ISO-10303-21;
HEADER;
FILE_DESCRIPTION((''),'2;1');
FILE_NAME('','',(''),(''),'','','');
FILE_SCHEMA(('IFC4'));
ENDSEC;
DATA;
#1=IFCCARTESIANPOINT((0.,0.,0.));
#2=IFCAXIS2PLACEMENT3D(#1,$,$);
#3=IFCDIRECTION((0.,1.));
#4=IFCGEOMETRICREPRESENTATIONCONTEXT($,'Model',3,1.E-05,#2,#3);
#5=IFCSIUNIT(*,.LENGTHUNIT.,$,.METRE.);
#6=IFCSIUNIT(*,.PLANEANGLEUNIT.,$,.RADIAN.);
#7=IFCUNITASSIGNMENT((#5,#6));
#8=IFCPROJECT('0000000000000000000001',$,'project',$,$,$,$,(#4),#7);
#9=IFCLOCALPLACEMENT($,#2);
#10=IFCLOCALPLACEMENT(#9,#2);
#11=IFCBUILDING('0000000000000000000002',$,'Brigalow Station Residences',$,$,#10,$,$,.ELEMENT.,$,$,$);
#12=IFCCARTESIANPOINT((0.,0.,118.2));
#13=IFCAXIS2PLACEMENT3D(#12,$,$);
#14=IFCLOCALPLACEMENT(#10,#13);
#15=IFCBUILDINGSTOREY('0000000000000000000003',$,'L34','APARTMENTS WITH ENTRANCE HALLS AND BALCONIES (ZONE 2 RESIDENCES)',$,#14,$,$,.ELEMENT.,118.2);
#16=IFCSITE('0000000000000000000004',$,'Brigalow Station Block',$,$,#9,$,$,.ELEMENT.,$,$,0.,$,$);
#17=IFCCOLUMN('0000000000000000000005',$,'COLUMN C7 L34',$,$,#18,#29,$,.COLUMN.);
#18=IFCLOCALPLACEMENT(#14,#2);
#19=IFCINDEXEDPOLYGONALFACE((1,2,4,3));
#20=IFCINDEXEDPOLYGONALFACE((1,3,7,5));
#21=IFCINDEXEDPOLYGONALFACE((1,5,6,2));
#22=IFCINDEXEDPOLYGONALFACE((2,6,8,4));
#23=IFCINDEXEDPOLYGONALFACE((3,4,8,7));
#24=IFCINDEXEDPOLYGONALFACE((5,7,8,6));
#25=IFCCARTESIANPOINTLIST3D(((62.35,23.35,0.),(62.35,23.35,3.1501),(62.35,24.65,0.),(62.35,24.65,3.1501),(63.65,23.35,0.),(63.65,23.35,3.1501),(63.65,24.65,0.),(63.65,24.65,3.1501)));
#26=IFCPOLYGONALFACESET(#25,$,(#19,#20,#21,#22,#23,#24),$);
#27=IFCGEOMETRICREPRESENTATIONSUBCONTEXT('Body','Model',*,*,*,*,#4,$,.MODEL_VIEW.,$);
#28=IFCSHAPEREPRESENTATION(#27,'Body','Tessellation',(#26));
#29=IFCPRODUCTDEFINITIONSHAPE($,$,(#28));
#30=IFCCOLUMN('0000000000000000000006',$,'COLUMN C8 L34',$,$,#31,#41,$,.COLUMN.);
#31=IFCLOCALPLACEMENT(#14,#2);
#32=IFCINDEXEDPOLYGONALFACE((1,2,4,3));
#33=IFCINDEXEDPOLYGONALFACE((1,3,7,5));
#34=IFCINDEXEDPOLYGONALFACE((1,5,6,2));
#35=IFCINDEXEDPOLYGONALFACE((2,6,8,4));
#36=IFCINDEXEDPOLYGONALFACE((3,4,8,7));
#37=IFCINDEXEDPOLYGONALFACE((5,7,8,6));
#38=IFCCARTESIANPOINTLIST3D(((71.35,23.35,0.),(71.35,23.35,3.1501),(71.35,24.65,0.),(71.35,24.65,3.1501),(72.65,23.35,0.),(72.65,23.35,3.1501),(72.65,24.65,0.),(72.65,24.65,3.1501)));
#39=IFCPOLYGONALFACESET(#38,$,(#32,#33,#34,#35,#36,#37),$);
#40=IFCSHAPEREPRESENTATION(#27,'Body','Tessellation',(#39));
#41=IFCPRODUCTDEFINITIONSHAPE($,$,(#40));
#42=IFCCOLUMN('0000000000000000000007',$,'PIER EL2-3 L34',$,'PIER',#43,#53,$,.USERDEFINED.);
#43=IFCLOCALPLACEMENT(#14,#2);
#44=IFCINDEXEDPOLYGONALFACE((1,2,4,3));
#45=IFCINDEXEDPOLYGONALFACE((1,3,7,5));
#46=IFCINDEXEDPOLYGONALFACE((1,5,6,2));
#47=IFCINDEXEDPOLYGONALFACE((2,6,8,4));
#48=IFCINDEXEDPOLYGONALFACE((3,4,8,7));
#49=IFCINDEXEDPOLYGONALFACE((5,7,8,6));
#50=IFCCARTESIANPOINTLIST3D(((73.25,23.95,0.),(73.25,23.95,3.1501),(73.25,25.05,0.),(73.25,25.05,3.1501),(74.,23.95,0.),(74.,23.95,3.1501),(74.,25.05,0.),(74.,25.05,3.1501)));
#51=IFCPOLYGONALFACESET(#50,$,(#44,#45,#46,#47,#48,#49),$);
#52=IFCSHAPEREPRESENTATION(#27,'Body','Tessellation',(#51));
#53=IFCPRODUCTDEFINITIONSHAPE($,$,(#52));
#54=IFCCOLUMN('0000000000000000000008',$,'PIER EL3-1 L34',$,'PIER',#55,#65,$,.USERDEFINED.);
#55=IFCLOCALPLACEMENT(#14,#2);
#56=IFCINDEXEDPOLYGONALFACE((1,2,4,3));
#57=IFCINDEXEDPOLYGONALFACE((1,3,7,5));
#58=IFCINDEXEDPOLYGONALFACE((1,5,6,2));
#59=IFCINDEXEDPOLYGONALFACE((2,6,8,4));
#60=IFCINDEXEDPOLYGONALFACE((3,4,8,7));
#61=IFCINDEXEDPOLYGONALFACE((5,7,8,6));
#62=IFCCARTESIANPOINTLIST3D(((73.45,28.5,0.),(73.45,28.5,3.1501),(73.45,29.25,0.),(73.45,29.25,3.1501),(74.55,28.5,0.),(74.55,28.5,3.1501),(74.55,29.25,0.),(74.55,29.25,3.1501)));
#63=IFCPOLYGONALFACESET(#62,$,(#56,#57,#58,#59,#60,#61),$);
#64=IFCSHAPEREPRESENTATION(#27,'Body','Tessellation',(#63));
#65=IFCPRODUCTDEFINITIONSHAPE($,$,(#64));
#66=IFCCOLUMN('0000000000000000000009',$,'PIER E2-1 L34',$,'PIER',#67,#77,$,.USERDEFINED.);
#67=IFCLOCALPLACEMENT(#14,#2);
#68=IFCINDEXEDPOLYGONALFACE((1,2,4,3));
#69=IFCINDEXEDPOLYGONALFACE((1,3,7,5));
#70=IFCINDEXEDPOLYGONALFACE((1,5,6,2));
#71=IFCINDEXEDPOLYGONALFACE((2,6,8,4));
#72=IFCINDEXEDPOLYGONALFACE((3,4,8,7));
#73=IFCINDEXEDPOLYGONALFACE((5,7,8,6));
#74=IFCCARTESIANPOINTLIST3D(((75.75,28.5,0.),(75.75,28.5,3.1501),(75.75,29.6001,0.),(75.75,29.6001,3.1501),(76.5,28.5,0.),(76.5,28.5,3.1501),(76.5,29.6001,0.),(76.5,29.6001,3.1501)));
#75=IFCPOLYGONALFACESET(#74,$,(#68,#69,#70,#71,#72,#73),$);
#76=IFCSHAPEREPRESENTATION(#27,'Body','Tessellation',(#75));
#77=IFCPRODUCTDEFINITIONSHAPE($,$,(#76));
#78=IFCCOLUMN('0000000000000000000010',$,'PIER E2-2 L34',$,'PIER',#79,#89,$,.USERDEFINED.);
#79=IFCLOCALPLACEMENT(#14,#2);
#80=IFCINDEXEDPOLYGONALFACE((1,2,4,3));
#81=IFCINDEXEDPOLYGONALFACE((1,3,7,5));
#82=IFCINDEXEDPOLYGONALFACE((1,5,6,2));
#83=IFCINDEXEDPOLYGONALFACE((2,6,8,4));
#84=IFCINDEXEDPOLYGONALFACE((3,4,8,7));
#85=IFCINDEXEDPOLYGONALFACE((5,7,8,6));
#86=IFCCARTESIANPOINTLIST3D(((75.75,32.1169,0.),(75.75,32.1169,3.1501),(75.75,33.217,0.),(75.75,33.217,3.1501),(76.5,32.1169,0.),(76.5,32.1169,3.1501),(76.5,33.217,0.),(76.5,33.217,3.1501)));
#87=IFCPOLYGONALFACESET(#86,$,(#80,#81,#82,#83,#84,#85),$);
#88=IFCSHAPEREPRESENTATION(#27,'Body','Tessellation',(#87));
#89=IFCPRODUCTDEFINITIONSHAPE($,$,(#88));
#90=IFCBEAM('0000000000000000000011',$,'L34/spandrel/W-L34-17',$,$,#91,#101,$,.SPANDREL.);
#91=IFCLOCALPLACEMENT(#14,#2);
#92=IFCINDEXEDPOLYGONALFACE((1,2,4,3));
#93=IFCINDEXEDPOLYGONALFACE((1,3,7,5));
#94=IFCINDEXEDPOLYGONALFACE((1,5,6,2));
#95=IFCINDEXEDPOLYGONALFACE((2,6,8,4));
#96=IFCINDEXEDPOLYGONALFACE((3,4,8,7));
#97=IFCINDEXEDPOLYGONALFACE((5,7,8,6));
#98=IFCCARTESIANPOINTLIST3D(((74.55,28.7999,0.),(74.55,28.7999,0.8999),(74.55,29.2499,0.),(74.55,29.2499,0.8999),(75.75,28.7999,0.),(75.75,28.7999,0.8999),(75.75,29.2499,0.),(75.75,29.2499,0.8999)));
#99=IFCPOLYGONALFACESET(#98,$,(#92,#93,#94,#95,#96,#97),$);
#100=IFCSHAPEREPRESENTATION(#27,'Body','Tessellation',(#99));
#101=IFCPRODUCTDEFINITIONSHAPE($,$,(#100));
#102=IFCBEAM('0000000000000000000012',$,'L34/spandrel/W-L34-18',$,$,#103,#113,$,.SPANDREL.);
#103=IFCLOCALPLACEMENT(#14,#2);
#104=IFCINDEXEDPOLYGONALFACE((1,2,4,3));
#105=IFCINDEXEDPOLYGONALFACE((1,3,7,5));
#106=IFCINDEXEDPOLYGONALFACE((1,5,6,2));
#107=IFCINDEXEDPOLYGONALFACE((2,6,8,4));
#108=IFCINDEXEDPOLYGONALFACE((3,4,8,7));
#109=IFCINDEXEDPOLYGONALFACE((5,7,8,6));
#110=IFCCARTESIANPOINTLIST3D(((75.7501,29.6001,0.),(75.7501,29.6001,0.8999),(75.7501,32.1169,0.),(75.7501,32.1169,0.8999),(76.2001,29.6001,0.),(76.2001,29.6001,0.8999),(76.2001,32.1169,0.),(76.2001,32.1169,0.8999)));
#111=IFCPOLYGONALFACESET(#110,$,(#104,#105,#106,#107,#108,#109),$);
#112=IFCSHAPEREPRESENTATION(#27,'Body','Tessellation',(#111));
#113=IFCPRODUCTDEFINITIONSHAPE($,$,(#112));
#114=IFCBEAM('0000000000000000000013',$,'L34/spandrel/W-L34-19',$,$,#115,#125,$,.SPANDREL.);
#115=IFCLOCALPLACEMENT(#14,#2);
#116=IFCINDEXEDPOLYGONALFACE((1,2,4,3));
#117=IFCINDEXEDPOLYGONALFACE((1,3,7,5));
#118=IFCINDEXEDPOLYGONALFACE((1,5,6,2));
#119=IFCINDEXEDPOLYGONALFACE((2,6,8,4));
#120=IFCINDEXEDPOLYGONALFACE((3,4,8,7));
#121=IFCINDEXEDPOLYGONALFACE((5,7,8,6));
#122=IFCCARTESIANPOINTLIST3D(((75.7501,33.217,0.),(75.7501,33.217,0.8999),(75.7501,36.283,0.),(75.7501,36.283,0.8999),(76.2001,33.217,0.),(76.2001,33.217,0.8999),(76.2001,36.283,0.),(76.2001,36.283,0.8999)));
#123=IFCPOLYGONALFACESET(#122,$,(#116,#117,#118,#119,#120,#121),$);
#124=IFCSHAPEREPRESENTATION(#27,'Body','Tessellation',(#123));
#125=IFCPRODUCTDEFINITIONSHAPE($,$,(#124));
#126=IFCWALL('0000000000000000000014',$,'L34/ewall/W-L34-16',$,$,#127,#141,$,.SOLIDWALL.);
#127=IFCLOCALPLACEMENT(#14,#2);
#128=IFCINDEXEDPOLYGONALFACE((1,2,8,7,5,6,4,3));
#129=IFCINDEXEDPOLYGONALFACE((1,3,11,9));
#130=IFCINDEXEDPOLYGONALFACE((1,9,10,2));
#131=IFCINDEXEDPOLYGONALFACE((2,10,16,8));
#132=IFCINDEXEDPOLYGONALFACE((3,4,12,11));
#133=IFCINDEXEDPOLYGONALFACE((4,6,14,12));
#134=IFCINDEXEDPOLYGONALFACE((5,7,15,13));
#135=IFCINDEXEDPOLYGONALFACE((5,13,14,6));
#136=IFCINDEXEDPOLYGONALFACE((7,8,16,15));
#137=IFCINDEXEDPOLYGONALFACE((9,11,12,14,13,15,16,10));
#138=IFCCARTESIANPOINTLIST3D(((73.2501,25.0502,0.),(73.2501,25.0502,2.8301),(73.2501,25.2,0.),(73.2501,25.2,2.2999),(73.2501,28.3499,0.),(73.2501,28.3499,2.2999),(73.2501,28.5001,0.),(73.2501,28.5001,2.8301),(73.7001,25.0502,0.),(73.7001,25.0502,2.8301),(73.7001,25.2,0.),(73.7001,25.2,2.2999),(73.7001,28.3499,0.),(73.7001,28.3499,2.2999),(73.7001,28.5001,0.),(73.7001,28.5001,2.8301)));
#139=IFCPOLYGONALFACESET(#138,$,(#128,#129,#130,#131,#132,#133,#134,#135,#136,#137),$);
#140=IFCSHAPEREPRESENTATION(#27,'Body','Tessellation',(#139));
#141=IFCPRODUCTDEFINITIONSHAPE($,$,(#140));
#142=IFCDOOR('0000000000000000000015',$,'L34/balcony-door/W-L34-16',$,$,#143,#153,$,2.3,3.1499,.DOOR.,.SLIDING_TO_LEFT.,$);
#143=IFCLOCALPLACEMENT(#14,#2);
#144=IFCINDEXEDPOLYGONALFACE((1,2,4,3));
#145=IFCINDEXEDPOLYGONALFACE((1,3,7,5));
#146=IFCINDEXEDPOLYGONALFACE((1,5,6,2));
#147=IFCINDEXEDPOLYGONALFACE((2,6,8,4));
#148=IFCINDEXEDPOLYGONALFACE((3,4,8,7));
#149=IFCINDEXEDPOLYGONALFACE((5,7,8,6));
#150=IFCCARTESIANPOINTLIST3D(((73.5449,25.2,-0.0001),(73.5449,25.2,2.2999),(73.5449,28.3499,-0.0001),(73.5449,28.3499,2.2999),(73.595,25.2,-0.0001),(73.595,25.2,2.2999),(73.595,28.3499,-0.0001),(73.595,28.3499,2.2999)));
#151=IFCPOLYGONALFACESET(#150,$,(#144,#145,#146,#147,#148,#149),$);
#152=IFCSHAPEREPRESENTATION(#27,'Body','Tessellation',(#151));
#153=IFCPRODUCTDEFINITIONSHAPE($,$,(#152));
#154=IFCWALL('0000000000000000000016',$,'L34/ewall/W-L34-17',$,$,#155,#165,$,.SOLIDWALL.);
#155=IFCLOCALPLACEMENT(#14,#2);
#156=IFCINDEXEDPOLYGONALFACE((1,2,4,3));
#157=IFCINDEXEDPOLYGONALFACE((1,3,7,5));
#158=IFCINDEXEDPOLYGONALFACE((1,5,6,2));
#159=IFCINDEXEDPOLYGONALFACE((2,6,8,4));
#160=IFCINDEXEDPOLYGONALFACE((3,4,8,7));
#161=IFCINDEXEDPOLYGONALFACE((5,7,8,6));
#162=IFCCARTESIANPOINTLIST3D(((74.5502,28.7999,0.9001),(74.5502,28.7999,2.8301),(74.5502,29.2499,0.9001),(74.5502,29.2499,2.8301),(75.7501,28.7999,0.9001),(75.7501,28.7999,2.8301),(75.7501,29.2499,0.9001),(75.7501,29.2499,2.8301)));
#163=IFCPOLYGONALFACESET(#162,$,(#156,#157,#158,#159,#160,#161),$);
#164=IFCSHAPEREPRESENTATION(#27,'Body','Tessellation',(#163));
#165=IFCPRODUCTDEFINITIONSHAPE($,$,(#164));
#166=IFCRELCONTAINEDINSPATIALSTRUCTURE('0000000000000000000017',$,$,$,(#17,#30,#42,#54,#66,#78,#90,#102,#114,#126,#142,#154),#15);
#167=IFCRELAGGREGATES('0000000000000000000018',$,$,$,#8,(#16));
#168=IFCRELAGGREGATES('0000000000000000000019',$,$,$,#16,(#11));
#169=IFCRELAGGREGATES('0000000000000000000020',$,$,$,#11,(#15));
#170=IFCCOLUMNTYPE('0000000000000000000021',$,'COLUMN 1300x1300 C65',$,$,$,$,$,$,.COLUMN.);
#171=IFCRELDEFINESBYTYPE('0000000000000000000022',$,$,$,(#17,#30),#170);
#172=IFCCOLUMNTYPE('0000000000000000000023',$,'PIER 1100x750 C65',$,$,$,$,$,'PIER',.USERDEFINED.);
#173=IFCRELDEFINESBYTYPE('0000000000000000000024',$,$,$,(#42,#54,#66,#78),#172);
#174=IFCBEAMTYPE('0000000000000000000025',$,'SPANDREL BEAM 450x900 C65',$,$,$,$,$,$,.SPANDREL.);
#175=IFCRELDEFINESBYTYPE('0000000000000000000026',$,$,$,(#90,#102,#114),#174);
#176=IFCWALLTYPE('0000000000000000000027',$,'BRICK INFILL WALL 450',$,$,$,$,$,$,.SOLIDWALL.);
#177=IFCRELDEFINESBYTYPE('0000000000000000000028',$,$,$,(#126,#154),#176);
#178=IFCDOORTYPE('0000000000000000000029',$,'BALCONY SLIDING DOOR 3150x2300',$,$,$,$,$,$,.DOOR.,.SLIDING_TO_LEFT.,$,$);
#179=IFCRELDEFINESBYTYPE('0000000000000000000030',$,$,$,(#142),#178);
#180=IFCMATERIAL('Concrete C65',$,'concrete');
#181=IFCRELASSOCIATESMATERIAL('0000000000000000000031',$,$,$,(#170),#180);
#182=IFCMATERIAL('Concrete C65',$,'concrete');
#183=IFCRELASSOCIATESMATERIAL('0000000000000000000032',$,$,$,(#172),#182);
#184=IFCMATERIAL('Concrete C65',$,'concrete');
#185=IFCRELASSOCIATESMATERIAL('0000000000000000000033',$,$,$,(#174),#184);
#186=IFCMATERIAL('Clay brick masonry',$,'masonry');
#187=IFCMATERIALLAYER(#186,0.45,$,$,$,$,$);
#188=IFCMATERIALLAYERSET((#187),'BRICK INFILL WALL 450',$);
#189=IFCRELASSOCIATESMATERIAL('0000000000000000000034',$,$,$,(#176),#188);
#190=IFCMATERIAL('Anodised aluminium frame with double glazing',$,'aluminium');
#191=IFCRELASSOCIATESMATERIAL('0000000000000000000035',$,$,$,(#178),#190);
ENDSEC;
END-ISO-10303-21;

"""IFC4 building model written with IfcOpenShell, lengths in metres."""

from ifc_helpers import new_model, si_unit, direction, frame, frame_2d, origin, origin_2d, place, context, subcontext, project, spatial, rectangle, extrude, material, layer, layer_set, material_profile, profile_set, type_object, element, fill, save


model = new_model("IFC4")

# Units and contexts
model_context = context("Model", 3, precision=1e-05, world=origin(), true_north=direction((0.0, 1.0)))
body_context = subcontext(model_context, "Body", "Model", "MODEL_VIEW")
ifc_project = project(units=[si_unit("LENGTHUNIT", "METRE"), si_unit("PLANEANGLEUNIT", "RADIAN")], contexts=[model_context])

# Site, building, storey
site_placement = place(None, origin())
site = spatial("IfcSite", under=ifc_project, at=site_placement, Name="Brigalow Station Block", CompositionType="ELEMENT", RefElevation=0.0)
building_placement = place(site_placement, origin())
building = spatial("IfcBuilding", under=site, at=building_placement, Name="Brigalow Station Residences", CompositionType="ELEMENT")
storey_placement = place(building_placement, frame((0.0, 0.0, 118.2)))
storey = spatial("IfcBuildingStorey", under=building, at=storey_placement, Name="L34", Description="APARTMENTS WITH ENTRANCE HALLS AND BALCONIES (ZONE 2 RESIDENCES)", CompositionType="ELEMENT", Elevation=118.2)

# Columns
ifc_material_1 = material(Name="Concrete C65", Category="concrete")
ifc_material_profile_1 = material_profile(ifc_material_1, rectangle(XDim=1.3, YDim=1.3, at=origin_2d()), Name="RC1300x1300")
ifc_profile_set_1 = profile_set([ifc_material_profile_1], Name="Concrete C65")
column_type_1 = type_object("IfcColumnType", Name="COLUMN 1300x1300 C65", PredefinedType="COLUMN", material=ifc_profile_set_1)
for number, where, z_axis, x_axis, name in (
    (1, (63.0, 24.0, 0.0), (0.0, 0.0, 1.0), (1.0, 0.0, 0.0), "COLUMN C7 L34"),
    (2, (72.0, 24.0, 0.0), (0.0, 0.0, 1.0), (1.0, 0.0, 0.0), "COLUMN C8 L34"),
):
    element("IfcColumn", number, at=place(storey_placement, frame(where, z_axis=z_axis, x_axis=x_axis)), inside=storey, type_object=column_type_1, Name=name, PredefinedType="COLUMN", context=body_context, shape_type="SweptSolid", body=[
        extrude(rectangle(XDim=1.3, YDim=1.3, at=origin_2d()), origin(), (0.0, 0.0, 1.0), 3.1501),
    ])
ifc_material_2 = material(Name="Concrete C65", Category="concrete")
ifc_material_profile_2 = material_profile(ifc_material_2, rectangle(XDim=1.1001, YDim=0.75, at=origin_2d()), Name="RC1100x750")
ifc_profile_set_2 = profile_set([ifc_material_profile_2], Name="Concrete C65")
column_type_2 = type_object("IfcColumnType", Name="PIER 1100x750 C65", ElementType="PIER", PredefinedType="USERDEFINED", material=ifc_profile_set_2)
for number, where, z_axis, x_axis, name in (
    (3, (73.625, 24.5, 0.0), (0.0, 0.0, 1.0), (0.0, 1.0, 0.0), "PIER EL2-3 L34"),
    (4, (74.0, 28.875, 0.0), (0.0, 0.0, 1.0), (1.0, 0.0, 0.0), "PIER EL3-1 L34"),
    (5, (76.125, 29.05, 0.0), (0.0, 0.0, 1.0), (0.0, 1.0, 0.0), "PIER E2-1 L34"),
    (6, (76.125, 32.667, 0.0), (0.0, 0.0, 1.0), (0.0, 1.0, 0.0), "PIER E2-2 L34"),
):
    element("IfcColumn", number, at=place(storey_placement, frame(where, z_axis=z_axis, x_axis=x_axis)), inside=storey, type_object=column_type_2, Name=name, ObjectType="PIER", PredefinedType="USERDEFINED", context=body_context, shape_type="SweptSolid", body=[
        extrude(rectangle(XDim=1.1001, YDim=0.75, at=origin_2d()), origin(), (0.0, 0.0, 1.0), 3.1501),
    ])

# Beams
ifc_material_3 = material(Name="Concrete C65", Category="concrete")
ifc_material_profile_3 = material_profile(ifc_material_3, rectangle(XDim=0.45, YDim=0.8999, at=origin_2d()), Name="RC450x900")
ifc_profile_set_3 = profile_set([ifc_material_profile_3], Name="Concrete C65")
beam_type = type_object("IfcBeamType", Name="SPANDREL BEAM 450x900 C65", PredefinedType="SPANDREL", material=ifc_profile_set_3)
beam_1_placement = place(storey_placement, frame((74.55, 29.0249, 0.45), z_axis=(1.0, 0.0, 0.0), x_axis=(0.0, 1.0, 0.0)))
element("IfcBeam", 7, at=beam_1_placement, inside=storey, type_object=beam_type, Name="L34/spandrel/W-L34-17", PredefinedType="SPANDREL", context=body_context, shape_type="SweptSolid", body=[
    extrude(rectangle(XDim=0.45, YDim=0.8999, at=origin_2d()), origin(), (0.0, 0.0, 1.0), 1.2),
])
beam_2_placement = place(storey_placement, frame((75.9751, 29.6001, 0.45), z_axis=(0.0, 1.0, 0.0), x_axis=(-1.0, 0.0, 0.0)))
element("IfcBeam", 8, at=beam_2_placement, inside=storey, type_object=beam_type, Name="L34/spandrel/W-L34-18", PredefinedType="SPANDREL", context=body_context, shape_type="SweptSolid", body=[
    extrude(rectangle(XDim=0.45, YDim=0.8999, at=origin_2d()), origin(), (0.0, 0.0, 1.0), 2.5168),
])
beam_3_placement = place(storey_placement, frame((75.9751, 33.217, 0.45), z_axis=(0.0, 1.0, 0.0), x_axis=(-1.0, 0.0, 0.0)))
element("IfcBeam", 9, at=beam_3_placement, inside=storey, type_object=beam_type, Name="L34/spandrel/W-L34-19", PredefinedType="SPANDREL", context=body_context, shape_type="SweptSolid", body=[
    extrude(rectangle(XDim=0.45, YDim=0.8999, at=origin_2d()), origin(), (0.0, 0.0, 1.0), 3.0659),
])

# Wall, opening, door
ifc_material_4 = material(Name="Clay brick masonry", Category="masonry")
ifc_layer_1 = layer(ifc_material_4, 0.45)
ifc_layer_set_1 = layer_set([ifc_layer_1], Name="BRICK INFILL WALL 450")
wall_type_1 = type_object("IfcWallType", Name="BRICK INFILL WALL 450", PredefinedType="SOLIDWALL", material=ifc_layer_set_1)
wall_1_placement = place(storey_placement, frame((73.4751, 25.05, 0.0), z_axis=(0.0, 0.0, 1.0), x_axis=(0.0, 1.0, 0.0)))
wall_1 = element("IfcWall", 10, at=wall_1_placement, inside=storey, type_object=wall_type_1, Name="L34/ewall/W-L34-16", PredefinedType="SOLIDWALL", context=body_context, shape_type="SweptSolid", body=[
    extrude(rectangle(XDim=3.45, YDim=0.45, at=frame_2d((1.7251, 0.0))), origin(), (0.0, 0.0, 1.0), 2.8301),
])
opening_1_placement = place(wall_1_placement, frame((0.1499, 0.0, 0.0)))
opening_1 = element("IfcOpeningElement", 11, at=opening_1_placement, cuts=wall_1, PredefinedType="OPENING", context=body_context, shape_type="SweptSolid", body=[
    extrude(rectangle(XDim=3.1499, YDim=2.3, at=frame_2d((1.575, 1.1499))), frame((0.0, 0.2349, 0.0), z_axis=(0.0, -1.0, 0.0), x_axis=(1.0, 0.0, 0.0)), (0.0, 0.0, 1.0), 0.47),
])
ifc_material_5 = material(Name="Anodised aluminium frame with double glazing", Category="aluminium")
door_type_1 = type_object("IfcDoorType", Name="BALCONY SLIDING DOOR 3150x2300", OperationType="SLIDING_TO_LEFT", PredefinedType="DOOR", material=ifc_material_5)
door_1_placement = place(opening_1_placement, origin())
door_1 = element("IfcDoor", 12, at=door_1_placement, inside=storey, type_object=door_type_1, Name="L34/balcony-door/W-L34-16", OperationType="SLIDING_TO_LEFT", OverallHeight=2.3, OverallWidth=3.1499, PredefinedType="DOOR", context=body_context, shape_type="SweptSolid", body=[
    extrude(rectangle(XDim=3.1499, YDim=2.3, at=frame_2d((1.575, 1.1499))), frame((0.0, -0.0698, 0.0), z_axis=(0.0, -1.0, 0.0), x_axis=(1.0, 0.0, 0.0)), (0.0, 0.0, 1.0), 0.05),
])
fill(opening_1, door_1)

# Wall
wall_2_placement = place(storey_placement, frame((74.55, 29.0249, 0.9001), z_axis=(0.0, 0.0, 1.0), x_axis=(1.0, 0.0, 0.0)))
element("IfcWall", 13, at=wall_2_placement, inside=storey, type_object=wall_type_1, Name="L34/ewall/W-L34-17", PredefinedType="SOLIDWALL", context=body_context, shape_type="SweptSolid", body=[
    extrude(rectangle(XDim=1.2, YDim=0.45, at=frame_2d((0.6001, 0.0))), origin(), (0.0, 0.0, 1.0), 1.9299),
])

save(model, "model.ifc")
